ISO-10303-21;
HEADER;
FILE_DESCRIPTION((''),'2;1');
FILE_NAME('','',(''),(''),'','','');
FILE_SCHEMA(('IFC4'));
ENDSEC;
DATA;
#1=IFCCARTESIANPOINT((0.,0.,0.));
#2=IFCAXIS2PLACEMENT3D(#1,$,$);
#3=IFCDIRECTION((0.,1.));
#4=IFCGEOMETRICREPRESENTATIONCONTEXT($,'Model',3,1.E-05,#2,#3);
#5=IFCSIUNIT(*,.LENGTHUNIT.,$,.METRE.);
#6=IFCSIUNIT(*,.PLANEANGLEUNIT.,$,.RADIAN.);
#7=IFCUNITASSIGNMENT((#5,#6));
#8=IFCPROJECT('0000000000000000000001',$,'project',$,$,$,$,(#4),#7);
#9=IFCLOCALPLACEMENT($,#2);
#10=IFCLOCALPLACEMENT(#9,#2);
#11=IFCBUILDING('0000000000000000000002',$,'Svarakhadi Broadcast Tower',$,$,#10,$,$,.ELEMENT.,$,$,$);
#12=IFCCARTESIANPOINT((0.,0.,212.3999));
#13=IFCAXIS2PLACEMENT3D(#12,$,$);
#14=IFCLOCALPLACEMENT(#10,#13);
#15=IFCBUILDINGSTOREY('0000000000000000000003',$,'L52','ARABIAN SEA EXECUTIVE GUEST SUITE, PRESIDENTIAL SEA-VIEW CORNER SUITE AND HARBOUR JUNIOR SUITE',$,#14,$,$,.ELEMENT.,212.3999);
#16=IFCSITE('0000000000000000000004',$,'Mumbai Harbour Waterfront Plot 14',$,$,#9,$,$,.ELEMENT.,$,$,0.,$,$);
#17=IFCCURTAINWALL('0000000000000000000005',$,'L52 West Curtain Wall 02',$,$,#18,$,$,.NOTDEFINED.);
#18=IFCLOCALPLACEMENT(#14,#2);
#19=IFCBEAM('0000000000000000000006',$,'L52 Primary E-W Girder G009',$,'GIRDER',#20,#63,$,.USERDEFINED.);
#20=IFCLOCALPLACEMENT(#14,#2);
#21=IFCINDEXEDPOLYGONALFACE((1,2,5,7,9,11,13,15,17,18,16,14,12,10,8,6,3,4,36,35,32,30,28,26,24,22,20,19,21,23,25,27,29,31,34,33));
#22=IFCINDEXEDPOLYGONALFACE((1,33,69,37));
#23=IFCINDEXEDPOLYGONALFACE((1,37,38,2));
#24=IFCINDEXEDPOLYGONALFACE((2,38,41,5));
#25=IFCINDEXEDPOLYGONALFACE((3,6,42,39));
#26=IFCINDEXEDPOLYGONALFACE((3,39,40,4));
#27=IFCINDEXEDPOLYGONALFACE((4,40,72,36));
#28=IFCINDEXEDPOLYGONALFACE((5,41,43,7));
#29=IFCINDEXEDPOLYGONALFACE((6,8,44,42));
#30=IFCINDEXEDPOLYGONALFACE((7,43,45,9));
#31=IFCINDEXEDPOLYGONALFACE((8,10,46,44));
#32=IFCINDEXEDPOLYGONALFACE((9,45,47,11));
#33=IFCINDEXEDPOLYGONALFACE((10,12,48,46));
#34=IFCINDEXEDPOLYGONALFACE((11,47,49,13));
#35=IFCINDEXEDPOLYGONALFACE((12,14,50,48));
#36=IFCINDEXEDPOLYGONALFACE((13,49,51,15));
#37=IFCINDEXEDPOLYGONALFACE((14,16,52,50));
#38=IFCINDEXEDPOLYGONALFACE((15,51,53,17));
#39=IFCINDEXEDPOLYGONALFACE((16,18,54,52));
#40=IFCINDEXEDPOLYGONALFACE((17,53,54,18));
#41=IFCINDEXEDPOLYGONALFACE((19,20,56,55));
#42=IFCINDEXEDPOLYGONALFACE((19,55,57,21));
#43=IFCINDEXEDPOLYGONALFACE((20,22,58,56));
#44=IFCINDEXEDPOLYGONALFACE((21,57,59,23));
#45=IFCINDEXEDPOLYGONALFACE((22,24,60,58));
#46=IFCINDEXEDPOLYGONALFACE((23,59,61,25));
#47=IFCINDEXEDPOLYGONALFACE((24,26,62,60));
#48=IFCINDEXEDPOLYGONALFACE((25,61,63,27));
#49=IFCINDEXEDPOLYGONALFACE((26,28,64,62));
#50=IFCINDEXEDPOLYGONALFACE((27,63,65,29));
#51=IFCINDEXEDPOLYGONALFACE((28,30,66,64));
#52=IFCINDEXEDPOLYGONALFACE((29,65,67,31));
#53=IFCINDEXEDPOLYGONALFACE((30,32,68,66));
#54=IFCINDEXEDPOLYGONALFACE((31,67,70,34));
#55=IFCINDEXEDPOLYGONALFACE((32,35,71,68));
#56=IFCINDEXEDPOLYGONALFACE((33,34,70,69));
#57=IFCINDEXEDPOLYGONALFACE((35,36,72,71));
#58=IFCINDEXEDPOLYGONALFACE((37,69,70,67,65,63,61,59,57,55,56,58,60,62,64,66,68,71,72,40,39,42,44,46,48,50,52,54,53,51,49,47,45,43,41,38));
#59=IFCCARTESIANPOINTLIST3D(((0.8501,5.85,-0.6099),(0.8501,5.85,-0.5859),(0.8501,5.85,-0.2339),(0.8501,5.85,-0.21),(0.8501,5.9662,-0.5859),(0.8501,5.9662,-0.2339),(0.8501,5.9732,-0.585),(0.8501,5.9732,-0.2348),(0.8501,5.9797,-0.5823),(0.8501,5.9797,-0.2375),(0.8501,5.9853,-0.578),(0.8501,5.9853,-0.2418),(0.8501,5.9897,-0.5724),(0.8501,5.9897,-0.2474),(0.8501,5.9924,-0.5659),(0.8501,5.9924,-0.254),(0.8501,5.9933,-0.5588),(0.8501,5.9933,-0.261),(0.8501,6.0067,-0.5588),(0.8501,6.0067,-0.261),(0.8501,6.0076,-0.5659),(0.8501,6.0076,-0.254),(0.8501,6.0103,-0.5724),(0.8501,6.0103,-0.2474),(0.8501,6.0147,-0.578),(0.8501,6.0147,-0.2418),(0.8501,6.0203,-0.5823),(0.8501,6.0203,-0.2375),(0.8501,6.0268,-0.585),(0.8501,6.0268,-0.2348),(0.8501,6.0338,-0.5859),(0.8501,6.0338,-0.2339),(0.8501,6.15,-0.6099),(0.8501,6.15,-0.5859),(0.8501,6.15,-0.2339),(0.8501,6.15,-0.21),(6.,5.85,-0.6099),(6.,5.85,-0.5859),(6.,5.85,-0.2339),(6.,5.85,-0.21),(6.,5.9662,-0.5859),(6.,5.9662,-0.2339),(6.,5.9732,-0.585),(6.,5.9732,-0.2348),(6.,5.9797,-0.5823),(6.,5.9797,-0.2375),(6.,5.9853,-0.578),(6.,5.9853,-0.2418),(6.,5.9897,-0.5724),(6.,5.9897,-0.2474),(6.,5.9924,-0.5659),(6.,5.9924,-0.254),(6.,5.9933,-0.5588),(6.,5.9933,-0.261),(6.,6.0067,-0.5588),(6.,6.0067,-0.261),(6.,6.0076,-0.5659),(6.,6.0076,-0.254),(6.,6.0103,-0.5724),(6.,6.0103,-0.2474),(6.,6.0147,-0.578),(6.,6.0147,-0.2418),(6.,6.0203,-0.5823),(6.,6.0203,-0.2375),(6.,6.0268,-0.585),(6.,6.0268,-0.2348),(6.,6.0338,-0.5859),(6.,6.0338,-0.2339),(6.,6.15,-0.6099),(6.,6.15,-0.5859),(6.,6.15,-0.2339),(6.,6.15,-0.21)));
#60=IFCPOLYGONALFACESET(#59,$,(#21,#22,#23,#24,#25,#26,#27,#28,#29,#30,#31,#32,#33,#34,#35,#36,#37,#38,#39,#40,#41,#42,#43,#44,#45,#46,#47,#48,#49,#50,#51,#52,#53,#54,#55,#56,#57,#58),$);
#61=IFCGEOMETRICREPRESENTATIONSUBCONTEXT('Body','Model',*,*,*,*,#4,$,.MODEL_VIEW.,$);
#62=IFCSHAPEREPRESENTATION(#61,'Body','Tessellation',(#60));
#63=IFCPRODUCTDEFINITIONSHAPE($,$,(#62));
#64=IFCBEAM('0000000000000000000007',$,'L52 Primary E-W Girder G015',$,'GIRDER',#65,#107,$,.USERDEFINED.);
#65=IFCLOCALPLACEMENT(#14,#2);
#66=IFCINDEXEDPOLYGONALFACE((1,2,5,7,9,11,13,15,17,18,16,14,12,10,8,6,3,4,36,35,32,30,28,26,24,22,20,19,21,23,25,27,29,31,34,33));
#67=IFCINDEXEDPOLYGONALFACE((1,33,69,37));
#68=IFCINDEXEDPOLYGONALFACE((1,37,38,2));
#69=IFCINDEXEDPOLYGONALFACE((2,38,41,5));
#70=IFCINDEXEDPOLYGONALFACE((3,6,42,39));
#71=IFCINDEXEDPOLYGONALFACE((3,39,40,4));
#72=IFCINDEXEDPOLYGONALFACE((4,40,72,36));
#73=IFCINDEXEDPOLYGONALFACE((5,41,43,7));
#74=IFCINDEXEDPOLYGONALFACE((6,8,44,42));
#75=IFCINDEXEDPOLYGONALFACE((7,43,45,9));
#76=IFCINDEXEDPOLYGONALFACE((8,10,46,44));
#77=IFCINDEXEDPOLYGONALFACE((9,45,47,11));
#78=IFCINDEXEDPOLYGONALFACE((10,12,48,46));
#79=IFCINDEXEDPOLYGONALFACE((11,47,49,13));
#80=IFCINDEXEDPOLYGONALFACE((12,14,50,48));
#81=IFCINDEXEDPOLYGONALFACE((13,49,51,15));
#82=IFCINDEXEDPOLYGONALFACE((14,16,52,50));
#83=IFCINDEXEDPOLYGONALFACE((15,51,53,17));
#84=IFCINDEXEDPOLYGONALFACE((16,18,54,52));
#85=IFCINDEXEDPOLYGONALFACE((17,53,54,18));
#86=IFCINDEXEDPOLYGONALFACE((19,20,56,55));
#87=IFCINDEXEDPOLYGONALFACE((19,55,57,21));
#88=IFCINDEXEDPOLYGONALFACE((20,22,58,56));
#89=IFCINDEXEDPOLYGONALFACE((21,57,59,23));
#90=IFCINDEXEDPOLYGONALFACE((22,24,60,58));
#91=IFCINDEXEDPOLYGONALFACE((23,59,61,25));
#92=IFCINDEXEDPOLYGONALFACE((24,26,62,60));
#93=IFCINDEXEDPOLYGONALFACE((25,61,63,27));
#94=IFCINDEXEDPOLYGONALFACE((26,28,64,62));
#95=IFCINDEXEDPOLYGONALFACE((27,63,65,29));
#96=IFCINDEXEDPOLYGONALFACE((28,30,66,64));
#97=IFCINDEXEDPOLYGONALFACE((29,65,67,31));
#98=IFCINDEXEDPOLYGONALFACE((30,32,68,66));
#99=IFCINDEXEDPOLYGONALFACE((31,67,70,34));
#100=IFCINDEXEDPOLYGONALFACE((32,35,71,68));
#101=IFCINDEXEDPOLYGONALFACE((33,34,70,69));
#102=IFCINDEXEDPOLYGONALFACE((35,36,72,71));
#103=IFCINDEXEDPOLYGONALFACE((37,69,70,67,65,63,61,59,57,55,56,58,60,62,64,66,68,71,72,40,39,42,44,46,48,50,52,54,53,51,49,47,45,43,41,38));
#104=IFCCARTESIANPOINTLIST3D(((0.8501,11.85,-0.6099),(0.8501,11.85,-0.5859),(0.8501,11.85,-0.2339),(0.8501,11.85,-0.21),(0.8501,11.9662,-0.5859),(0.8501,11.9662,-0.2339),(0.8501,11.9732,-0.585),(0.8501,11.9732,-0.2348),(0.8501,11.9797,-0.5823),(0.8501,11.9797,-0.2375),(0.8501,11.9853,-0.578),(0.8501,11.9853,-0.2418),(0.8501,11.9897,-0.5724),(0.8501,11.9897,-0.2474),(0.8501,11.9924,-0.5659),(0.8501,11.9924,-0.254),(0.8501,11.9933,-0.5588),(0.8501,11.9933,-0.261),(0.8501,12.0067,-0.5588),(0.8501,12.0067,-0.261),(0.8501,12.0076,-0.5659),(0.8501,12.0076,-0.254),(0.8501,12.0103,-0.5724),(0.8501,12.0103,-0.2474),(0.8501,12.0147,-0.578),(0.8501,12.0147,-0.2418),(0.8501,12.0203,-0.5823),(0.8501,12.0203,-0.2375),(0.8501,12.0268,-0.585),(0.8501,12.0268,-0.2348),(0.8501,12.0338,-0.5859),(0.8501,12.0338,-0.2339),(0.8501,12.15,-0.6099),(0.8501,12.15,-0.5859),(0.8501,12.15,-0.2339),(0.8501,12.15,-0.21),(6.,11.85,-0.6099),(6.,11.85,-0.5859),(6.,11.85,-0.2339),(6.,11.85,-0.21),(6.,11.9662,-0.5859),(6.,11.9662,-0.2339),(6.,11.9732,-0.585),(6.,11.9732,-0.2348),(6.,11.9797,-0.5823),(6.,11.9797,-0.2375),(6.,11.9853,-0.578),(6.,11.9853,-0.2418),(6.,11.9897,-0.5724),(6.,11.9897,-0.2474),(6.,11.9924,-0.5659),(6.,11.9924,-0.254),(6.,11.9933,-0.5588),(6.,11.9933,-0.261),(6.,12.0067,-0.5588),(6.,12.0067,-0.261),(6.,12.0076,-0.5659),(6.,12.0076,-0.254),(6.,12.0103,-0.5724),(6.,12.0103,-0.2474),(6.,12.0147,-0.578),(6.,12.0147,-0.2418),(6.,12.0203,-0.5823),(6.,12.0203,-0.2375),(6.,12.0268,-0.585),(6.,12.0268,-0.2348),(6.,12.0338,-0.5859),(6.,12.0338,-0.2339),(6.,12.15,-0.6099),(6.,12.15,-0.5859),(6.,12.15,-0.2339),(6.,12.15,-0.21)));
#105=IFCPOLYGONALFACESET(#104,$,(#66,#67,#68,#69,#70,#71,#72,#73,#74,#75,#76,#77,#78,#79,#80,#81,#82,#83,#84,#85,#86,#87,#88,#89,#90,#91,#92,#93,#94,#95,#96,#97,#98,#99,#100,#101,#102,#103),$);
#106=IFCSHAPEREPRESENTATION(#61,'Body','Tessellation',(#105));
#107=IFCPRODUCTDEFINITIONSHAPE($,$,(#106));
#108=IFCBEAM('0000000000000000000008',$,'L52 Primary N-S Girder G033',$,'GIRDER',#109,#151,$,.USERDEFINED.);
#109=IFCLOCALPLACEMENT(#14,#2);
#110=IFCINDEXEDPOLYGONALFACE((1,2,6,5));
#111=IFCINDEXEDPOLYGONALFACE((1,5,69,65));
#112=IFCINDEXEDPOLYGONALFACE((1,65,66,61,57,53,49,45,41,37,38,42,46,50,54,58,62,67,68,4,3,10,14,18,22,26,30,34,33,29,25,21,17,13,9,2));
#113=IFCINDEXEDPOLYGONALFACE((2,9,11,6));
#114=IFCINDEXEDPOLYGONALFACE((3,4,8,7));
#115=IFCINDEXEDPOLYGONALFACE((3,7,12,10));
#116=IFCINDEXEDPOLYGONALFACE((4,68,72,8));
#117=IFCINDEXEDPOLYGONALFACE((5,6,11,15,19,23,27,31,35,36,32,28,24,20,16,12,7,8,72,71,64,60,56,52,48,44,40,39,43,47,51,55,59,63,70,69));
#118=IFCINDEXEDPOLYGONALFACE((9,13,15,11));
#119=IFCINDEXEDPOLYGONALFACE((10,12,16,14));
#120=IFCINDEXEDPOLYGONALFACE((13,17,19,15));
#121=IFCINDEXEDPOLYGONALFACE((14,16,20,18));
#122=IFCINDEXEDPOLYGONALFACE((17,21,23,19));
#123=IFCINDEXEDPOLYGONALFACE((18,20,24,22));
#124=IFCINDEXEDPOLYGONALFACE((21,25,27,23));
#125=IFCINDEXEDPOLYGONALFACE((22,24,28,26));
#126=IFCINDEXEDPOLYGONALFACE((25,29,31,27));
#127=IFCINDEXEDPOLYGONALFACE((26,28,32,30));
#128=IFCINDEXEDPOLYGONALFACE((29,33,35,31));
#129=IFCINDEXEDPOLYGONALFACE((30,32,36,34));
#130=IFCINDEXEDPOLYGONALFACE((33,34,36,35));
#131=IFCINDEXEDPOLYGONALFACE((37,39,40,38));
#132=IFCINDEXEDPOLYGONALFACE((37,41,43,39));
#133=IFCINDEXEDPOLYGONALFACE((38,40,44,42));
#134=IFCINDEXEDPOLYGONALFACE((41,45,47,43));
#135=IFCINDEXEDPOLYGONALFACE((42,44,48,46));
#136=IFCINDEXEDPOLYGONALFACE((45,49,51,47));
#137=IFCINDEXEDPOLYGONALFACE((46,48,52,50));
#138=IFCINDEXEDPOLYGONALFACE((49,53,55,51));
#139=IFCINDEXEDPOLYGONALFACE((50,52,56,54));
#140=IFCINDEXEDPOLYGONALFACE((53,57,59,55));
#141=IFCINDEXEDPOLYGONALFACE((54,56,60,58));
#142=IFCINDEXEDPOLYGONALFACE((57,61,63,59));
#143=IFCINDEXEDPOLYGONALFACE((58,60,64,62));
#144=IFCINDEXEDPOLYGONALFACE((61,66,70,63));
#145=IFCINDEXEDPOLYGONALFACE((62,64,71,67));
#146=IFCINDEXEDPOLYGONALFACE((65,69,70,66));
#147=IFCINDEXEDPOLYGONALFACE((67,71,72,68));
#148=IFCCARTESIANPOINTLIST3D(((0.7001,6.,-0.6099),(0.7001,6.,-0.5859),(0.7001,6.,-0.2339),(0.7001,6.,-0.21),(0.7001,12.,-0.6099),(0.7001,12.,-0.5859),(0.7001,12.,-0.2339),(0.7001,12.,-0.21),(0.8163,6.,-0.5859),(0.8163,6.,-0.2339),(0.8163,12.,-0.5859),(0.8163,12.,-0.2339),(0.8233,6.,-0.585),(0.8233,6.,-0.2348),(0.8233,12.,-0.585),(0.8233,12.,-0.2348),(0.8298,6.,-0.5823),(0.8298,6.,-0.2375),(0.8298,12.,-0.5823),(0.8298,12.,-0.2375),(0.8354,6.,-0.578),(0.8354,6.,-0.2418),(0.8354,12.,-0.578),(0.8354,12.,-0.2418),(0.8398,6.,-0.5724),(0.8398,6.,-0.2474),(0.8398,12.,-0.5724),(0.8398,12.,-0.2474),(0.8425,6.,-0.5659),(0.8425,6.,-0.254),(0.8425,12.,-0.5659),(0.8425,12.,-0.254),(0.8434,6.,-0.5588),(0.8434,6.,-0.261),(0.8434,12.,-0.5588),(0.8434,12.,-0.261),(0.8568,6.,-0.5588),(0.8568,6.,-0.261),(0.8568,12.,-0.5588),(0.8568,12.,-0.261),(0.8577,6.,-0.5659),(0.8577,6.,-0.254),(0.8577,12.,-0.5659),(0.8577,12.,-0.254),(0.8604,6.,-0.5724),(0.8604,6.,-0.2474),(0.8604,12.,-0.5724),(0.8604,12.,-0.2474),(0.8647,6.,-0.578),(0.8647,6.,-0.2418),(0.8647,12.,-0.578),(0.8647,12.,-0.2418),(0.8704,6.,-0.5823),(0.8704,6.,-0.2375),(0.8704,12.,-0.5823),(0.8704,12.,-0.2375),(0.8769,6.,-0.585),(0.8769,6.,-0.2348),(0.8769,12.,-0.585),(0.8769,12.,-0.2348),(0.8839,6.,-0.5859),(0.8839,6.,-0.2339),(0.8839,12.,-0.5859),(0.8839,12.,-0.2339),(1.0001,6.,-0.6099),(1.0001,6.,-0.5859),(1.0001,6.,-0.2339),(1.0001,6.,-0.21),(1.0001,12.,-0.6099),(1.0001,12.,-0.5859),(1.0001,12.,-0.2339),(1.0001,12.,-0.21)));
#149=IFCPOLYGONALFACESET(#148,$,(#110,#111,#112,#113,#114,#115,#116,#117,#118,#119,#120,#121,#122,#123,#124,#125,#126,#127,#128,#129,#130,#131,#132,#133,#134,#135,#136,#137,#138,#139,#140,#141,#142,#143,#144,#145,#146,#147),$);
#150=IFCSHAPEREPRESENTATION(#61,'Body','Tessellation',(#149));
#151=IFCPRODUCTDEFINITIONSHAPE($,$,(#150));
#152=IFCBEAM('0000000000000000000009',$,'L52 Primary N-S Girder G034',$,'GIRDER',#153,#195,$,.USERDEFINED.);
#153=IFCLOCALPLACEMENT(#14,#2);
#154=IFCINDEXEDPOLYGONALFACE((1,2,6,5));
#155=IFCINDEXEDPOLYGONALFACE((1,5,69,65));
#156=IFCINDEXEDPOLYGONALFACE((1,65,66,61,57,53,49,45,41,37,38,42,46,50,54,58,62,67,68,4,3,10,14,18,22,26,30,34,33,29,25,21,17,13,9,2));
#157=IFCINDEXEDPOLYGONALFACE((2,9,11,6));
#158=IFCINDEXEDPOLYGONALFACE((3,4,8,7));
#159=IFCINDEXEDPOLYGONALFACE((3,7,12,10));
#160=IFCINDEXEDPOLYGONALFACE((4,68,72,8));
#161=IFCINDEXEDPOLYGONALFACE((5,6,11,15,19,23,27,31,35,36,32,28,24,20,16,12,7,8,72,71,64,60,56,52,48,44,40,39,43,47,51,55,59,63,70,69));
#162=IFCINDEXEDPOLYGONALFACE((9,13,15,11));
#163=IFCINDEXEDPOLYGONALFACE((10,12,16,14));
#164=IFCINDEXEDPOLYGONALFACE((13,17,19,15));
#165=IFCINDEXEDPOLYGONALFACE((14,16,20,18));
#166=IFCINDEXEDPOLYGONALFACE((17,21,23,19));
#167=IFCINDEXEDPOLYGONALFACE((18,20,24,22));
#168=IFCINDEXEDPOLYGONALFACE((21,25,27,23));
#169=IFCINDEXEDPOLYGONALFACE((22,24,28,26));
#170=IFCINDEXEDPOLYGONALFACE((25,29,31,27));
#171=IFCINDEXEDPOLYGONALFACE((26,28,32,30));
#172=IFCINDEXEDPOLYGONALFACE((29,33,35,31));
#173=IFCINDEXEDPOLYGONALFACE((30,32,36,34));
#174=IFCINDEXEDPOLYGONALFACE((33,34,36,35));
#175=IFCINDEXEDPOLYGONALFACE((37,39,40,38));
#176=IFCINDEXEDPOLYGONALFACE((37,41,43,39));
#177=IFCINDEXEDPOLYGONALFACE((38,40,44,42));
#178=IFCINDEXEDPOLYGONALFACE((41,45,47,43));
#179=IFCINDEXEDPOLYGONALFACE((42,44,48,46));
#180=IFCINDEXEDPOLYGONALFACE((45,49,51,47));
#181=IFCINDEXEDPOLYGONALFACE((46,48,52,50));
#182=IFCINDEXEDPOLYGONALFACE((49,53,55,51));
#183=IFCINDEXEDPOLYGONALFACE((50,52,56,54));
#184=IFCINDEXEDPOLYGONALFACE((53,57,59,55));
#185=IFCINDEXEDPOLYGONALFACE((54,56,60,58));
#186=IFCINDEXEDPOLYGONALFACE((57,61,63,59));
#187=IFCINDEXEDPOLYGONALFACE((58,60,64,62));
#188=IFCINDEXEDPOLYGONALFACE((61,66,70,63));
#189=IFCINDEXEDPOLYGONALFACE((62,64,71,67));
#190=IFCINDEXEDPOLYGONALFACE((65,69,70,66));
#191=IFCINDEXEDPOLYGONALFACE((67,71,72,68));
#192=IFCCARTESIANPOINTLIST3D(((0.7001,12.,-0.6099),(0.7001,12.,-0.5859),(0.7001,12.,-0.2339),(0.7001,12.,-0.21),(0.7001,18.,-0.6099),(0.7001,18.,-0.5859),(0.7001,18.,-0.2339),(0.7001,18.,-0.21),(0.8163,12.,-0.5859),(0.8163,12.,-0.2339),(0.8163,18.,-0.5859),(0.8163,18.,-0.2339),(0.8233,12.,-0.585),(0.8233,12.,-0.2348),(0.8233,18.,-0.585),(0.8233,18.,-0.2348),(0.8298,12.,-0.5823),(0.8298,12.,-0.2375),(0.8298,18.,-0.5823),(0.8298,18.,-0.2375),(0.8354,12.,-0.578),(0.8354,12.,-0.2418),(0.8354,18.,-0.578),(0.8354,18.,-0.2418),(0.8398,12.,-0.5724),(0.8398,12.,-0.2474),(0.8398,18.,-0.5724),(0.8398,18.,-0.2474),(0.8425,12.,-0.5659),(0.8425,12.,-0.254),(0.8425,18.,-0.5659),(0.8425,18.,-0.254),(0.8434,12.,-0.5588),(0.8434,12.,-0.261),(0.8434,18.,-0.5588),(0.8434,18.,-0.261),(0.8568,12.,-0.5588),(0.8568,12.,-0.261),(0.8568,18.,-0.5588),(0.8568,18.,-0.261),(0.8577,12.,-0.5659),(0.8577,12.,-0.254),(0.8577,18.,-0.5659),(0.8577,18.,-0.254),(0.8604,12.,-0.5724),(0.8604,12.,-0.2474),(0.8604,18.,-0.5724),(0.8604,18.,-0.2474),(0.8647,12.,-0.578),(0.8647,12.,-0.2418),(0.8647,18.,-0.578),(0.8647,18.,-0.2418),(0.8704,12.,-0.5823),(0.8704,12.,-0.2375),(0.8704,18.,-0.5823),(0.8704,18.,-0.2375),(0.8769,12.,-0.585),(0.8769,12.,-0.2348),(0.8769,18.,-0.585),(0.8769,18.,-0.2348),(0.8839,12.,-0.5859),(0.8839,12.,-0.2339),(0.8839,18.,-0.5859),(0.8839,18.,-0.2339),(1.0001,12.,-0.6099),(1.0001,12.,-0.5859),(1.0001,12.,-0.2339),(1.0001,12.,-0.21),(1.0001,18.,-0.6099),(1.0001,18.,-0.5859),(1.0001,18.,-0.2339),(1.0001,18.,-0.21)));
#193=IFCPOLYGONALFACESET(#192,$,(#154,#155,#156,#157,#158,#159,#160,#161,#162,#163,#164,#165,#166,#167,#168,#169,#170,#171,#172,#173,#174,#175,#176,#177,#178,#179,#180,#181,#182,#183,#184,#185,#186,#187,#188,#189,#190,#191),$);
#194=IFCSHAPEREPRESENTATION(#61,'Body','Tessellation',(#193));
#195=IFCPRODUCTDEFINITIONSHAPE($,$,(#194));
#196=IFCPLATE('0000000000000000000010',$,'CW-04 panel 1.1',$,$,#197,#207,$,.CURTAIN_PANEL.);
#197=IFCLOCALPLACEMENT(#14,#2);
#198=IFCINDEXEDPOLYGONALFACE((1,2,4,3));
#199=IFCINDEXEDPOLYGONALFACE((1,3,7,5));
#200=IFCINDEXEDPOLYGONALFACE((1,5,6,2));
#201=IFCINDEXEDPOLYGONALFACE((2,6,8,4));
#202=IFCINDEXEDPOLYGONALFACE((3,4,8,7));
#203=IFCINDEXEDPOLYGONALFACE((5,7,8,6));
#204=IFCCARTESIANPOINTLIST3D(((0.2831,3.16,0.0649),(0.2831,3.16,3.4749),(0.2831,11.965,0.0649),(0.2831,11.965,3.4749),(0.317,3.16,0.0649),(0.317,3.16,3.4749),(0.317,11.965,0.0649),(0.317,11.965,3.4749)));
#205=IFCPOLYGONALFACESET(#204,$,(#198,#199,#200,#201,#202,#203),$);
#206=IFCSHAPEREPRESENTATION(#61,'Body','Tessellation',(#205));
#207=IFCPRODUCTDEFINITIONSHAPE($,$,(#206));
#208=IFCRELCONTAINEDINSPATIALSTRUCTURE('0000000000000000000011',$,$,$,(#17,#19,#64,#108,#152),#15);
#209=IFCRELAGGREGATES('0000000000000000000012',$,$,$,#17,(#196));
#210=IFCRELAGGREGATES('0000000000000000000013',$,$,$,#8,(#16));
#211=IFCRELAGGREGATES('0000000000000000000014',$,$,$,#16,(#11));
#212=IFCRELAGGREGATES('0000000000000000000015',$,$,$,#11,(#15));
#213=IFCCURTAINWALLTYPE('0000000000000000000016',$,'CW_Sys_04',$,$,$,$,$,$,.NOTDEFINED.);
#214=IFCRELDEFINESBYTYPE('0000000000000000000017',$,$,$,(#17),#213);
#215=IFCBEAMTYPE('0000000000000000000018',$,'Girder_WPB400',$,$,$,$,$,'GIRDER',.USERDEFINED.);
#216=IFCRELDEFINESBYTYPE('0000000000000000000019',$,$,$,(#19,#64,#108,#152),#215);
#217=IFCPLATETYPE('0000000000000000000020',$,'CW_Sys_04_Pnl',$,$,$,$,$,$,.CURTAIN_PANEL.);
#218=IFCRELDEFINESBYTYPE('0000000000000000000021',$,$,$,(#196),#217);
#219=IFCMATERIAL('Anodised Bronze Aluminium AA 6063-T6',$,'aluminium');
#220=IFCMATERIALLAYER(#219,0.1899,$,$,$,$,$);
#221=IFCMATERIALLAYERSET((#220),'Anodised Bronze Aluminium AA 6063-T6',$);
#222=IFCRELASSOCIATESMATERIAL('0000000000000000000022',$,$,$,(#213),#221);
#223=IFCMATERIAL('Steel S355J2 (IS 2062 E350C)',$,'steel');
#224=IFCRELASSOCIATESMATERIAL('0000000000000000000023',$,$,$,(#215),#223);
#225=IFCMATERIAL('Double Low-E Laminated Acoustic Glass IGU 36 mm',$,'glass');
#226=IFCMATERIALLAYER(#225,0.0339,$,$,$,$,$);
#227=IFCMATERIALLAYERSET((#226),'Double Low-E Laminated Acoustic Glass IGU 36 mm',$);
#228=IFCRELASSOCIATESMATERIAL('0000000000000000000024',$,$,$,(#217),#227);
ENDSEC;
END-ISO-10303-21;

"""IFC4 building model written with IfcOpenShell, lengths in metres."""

from ifc_helpers import new_model, si_unit, direction, frame, origin, origin_2d, place, context, subcontext, project, spatial, rectangle, i_section, extrude, material, layer, layer_set, material_profile, profile_set, type_object, element, aggregate, save


model = new_model("IFC4")

# Units and contexts
model_context = context("Model", 3, precision=1e-05, world=origin(), true_north=direction((0.0, 1.0)))
body_context = subcontext(model_context, "Body", "Model", "MODEL_VIEW")
ifc_project = project(units=[si_unit("LENGTHUNIT", "METRE"), si_unit("PLANEANGLEUNIT", "RADIAN")], contexts=[model_context])

# Site, building, storey
site_placement = place(None, origin())
site = spatial("IfcSite", under=ifc_project, at=site_placement, Name="Mumbai Harbour Waterfront Plot 14", CompositionType="ELEMENT", RefElevation=0.0)
building_placement = place(site_placement, origin())
building = spatial("IfcBuilding", under=site, at=building_placement, Name="Svarakhadi Broadcast Tower", CompositionType="ELEMENT")
storey_placement = place(building_placement, frame((0.0, 0.0, 212.3999)))
storey = spatial("IfcBuildingStorey", under=building, at=storey_placement, Name="L52", Description="ARABIAN SEA EXECUTIVE GUEST SUITE, PRESIDENTIAL SEA-VIEW CORNER SUITE AND HARBOUR JUNIOR SUITE", CompositionType="ELEMENT", Elevation=212.3999)

# Shared definitions
ifc_material_1 = material(Name="Steel S355J2 (IS 2062 E350C)", Category="steel")

# Curtain wall
ifc_material_2 = material(Name="Anodised Bronze Aluminium AA 6063-T6", Category="aluminium")
ifc_layer_1 = layer(ifc_material_2, 0.1899)
ifc_layer_set_1 = layer_set([ifc_layer_1], Name="Anodised Bronze Aluminium AA 6063-T6")
curtain_wall_type = type_object("IfcCurtainWallType", Name="CW_Sys_04", PredefinedType="NOTDEFINED", material=ifc_layer_set_1)
curtain_wall_placement = place(storey_placement, origin())
curtain_wall = element("IfcCurtainWall", 1, at=curtain_wall_placement, inside=storey, type_object=curtain_wall_type, Name="L52 West Curtain Wall 02", PredefinedType="NOTDEFINED")

# Beams
ifc_material_profile_1 = material_profile(ifc_material_1, i_section(OverallWidth=0.3, OverallDepth=0.3999, WebThickness=0.0134, FlangeThickness=0.0239, FilletRadius=0.0271, at=origin_2d()), Name="WPB 400x300x155")
ifc_profile_set_1 = profile_set([ifc_material_profile_1], Name="Steel S355J2 (IS 2062 E350C)")
beam_type_1 = type_object("IfcBeamType", Name="Girder_WPB400", ElementType="GIRDER", PredefinedType="USERDEFINED", material=ifc_profile_set_1)
for number, where, z_axis, x_axis, name in (
    (2, (0.8501, 6.0, -0.4099), (1.0, 0.0, 0.0), (0.0, 1.0, 0.0), "L52 Primary E-W Girder G009"),
    (3, (0.8501, 12.0, -0.4099), (1.0, 0.0, 0.0), (0.0, 1.0, 0.0), "L52 Primary E-W Girder G015"),
):
    element("IfcBeam", number, at=place(storey_placement, frame(where, z_axis=z_axis, x_axis=x_axis)), inside=storey, type_object=beam_type_1, Name=name, ObjectType="GIRDER", PredefinedType="USERDEFINED", context=body_context, shape_type="SweptSolid", body=[
        extrude(i_section(OverallWidth=0.3, OverallDepth=0.3999, WebThickness=0.0134, FlangeThickness=0.0239, FilletRadius=0.0271, at=origin_2d()), origin(), (0.0, 0.0, 1.0), 5.1499),
    ])
for number, where, z_axis, x_axis, name in (
    (4, (0.8501, 6.0, -0.4099), (0.0, 1.0, 0.0), (-1.0, 0.0, 0.0), "L52 Primary N-S Girder G033"),
    (5, (0.8501, 12.0, -0.4099), (0.0, 1.0, 0.0), (-1.0, 0.0, 0.0), "L52 Primary N-S Girder G034"),
):
    element("IfcBeam", number, at=place(storey_placement, frame(where, z_axis=z_axis, x_axis=x_axis)), inside=storey, type_object=beam_type_1, Name=name, ObjectType="GIRDER", PredefinedType="USERDEFINED", context=body_context, shape_type="SweptSolid", body=[
        extrude(i_section(OverallWidth=0.3, OverallDepth=0.3999, WebThickness=0.0134, FlangeThickness=0.0239, FilletRadius=0.0271, at=origin_2d()), origin(), (0.0, 0.0, 1.0), 6.0),
    ])

# Plate
ifc_material_3 = material(Name="Double Low-E Laminated Acoustic Glass IGU 36 mm", Category="glass")
ifc_layer_2 = layer(ifc_material_3, 0.0339)
ifc_layer_set_2 = layer_set([ifc_layer_2], Name="Double Low-E Laminated Acoustic Glass IGU 36 mm")
plate_type_1 = type_object("IfcPlateType", Name="CW_Sys_04_Pnl", PredefinedType="CURTAIN_PANEL", material=ifc_layer_set_2)
plate_1_placement = place(storey_placement, frame((0.3, 7.5625, 0.0649), z_axis=(0.0, 0.0, 1.0), x_axis=(0.0, 1.0, 0.0)))
plate_1 = element("IfcPlate", 6, at=plate_1_placement, type_object=plate_type_1, Name="CW-04 panel 1.1", PredefinedType="CURTAIN_PANEL", context=body_context, shape_type="SweptSolid", body=[
    extrude(rectangle(XDim=8.8049, YDim=0.0339, at=origin_2d()), origin(), (0.0, 0.0, 1.0), 3.4099),
])
aggregate(curtain_wall, [plate_1])

save(model, "model.ifc")
